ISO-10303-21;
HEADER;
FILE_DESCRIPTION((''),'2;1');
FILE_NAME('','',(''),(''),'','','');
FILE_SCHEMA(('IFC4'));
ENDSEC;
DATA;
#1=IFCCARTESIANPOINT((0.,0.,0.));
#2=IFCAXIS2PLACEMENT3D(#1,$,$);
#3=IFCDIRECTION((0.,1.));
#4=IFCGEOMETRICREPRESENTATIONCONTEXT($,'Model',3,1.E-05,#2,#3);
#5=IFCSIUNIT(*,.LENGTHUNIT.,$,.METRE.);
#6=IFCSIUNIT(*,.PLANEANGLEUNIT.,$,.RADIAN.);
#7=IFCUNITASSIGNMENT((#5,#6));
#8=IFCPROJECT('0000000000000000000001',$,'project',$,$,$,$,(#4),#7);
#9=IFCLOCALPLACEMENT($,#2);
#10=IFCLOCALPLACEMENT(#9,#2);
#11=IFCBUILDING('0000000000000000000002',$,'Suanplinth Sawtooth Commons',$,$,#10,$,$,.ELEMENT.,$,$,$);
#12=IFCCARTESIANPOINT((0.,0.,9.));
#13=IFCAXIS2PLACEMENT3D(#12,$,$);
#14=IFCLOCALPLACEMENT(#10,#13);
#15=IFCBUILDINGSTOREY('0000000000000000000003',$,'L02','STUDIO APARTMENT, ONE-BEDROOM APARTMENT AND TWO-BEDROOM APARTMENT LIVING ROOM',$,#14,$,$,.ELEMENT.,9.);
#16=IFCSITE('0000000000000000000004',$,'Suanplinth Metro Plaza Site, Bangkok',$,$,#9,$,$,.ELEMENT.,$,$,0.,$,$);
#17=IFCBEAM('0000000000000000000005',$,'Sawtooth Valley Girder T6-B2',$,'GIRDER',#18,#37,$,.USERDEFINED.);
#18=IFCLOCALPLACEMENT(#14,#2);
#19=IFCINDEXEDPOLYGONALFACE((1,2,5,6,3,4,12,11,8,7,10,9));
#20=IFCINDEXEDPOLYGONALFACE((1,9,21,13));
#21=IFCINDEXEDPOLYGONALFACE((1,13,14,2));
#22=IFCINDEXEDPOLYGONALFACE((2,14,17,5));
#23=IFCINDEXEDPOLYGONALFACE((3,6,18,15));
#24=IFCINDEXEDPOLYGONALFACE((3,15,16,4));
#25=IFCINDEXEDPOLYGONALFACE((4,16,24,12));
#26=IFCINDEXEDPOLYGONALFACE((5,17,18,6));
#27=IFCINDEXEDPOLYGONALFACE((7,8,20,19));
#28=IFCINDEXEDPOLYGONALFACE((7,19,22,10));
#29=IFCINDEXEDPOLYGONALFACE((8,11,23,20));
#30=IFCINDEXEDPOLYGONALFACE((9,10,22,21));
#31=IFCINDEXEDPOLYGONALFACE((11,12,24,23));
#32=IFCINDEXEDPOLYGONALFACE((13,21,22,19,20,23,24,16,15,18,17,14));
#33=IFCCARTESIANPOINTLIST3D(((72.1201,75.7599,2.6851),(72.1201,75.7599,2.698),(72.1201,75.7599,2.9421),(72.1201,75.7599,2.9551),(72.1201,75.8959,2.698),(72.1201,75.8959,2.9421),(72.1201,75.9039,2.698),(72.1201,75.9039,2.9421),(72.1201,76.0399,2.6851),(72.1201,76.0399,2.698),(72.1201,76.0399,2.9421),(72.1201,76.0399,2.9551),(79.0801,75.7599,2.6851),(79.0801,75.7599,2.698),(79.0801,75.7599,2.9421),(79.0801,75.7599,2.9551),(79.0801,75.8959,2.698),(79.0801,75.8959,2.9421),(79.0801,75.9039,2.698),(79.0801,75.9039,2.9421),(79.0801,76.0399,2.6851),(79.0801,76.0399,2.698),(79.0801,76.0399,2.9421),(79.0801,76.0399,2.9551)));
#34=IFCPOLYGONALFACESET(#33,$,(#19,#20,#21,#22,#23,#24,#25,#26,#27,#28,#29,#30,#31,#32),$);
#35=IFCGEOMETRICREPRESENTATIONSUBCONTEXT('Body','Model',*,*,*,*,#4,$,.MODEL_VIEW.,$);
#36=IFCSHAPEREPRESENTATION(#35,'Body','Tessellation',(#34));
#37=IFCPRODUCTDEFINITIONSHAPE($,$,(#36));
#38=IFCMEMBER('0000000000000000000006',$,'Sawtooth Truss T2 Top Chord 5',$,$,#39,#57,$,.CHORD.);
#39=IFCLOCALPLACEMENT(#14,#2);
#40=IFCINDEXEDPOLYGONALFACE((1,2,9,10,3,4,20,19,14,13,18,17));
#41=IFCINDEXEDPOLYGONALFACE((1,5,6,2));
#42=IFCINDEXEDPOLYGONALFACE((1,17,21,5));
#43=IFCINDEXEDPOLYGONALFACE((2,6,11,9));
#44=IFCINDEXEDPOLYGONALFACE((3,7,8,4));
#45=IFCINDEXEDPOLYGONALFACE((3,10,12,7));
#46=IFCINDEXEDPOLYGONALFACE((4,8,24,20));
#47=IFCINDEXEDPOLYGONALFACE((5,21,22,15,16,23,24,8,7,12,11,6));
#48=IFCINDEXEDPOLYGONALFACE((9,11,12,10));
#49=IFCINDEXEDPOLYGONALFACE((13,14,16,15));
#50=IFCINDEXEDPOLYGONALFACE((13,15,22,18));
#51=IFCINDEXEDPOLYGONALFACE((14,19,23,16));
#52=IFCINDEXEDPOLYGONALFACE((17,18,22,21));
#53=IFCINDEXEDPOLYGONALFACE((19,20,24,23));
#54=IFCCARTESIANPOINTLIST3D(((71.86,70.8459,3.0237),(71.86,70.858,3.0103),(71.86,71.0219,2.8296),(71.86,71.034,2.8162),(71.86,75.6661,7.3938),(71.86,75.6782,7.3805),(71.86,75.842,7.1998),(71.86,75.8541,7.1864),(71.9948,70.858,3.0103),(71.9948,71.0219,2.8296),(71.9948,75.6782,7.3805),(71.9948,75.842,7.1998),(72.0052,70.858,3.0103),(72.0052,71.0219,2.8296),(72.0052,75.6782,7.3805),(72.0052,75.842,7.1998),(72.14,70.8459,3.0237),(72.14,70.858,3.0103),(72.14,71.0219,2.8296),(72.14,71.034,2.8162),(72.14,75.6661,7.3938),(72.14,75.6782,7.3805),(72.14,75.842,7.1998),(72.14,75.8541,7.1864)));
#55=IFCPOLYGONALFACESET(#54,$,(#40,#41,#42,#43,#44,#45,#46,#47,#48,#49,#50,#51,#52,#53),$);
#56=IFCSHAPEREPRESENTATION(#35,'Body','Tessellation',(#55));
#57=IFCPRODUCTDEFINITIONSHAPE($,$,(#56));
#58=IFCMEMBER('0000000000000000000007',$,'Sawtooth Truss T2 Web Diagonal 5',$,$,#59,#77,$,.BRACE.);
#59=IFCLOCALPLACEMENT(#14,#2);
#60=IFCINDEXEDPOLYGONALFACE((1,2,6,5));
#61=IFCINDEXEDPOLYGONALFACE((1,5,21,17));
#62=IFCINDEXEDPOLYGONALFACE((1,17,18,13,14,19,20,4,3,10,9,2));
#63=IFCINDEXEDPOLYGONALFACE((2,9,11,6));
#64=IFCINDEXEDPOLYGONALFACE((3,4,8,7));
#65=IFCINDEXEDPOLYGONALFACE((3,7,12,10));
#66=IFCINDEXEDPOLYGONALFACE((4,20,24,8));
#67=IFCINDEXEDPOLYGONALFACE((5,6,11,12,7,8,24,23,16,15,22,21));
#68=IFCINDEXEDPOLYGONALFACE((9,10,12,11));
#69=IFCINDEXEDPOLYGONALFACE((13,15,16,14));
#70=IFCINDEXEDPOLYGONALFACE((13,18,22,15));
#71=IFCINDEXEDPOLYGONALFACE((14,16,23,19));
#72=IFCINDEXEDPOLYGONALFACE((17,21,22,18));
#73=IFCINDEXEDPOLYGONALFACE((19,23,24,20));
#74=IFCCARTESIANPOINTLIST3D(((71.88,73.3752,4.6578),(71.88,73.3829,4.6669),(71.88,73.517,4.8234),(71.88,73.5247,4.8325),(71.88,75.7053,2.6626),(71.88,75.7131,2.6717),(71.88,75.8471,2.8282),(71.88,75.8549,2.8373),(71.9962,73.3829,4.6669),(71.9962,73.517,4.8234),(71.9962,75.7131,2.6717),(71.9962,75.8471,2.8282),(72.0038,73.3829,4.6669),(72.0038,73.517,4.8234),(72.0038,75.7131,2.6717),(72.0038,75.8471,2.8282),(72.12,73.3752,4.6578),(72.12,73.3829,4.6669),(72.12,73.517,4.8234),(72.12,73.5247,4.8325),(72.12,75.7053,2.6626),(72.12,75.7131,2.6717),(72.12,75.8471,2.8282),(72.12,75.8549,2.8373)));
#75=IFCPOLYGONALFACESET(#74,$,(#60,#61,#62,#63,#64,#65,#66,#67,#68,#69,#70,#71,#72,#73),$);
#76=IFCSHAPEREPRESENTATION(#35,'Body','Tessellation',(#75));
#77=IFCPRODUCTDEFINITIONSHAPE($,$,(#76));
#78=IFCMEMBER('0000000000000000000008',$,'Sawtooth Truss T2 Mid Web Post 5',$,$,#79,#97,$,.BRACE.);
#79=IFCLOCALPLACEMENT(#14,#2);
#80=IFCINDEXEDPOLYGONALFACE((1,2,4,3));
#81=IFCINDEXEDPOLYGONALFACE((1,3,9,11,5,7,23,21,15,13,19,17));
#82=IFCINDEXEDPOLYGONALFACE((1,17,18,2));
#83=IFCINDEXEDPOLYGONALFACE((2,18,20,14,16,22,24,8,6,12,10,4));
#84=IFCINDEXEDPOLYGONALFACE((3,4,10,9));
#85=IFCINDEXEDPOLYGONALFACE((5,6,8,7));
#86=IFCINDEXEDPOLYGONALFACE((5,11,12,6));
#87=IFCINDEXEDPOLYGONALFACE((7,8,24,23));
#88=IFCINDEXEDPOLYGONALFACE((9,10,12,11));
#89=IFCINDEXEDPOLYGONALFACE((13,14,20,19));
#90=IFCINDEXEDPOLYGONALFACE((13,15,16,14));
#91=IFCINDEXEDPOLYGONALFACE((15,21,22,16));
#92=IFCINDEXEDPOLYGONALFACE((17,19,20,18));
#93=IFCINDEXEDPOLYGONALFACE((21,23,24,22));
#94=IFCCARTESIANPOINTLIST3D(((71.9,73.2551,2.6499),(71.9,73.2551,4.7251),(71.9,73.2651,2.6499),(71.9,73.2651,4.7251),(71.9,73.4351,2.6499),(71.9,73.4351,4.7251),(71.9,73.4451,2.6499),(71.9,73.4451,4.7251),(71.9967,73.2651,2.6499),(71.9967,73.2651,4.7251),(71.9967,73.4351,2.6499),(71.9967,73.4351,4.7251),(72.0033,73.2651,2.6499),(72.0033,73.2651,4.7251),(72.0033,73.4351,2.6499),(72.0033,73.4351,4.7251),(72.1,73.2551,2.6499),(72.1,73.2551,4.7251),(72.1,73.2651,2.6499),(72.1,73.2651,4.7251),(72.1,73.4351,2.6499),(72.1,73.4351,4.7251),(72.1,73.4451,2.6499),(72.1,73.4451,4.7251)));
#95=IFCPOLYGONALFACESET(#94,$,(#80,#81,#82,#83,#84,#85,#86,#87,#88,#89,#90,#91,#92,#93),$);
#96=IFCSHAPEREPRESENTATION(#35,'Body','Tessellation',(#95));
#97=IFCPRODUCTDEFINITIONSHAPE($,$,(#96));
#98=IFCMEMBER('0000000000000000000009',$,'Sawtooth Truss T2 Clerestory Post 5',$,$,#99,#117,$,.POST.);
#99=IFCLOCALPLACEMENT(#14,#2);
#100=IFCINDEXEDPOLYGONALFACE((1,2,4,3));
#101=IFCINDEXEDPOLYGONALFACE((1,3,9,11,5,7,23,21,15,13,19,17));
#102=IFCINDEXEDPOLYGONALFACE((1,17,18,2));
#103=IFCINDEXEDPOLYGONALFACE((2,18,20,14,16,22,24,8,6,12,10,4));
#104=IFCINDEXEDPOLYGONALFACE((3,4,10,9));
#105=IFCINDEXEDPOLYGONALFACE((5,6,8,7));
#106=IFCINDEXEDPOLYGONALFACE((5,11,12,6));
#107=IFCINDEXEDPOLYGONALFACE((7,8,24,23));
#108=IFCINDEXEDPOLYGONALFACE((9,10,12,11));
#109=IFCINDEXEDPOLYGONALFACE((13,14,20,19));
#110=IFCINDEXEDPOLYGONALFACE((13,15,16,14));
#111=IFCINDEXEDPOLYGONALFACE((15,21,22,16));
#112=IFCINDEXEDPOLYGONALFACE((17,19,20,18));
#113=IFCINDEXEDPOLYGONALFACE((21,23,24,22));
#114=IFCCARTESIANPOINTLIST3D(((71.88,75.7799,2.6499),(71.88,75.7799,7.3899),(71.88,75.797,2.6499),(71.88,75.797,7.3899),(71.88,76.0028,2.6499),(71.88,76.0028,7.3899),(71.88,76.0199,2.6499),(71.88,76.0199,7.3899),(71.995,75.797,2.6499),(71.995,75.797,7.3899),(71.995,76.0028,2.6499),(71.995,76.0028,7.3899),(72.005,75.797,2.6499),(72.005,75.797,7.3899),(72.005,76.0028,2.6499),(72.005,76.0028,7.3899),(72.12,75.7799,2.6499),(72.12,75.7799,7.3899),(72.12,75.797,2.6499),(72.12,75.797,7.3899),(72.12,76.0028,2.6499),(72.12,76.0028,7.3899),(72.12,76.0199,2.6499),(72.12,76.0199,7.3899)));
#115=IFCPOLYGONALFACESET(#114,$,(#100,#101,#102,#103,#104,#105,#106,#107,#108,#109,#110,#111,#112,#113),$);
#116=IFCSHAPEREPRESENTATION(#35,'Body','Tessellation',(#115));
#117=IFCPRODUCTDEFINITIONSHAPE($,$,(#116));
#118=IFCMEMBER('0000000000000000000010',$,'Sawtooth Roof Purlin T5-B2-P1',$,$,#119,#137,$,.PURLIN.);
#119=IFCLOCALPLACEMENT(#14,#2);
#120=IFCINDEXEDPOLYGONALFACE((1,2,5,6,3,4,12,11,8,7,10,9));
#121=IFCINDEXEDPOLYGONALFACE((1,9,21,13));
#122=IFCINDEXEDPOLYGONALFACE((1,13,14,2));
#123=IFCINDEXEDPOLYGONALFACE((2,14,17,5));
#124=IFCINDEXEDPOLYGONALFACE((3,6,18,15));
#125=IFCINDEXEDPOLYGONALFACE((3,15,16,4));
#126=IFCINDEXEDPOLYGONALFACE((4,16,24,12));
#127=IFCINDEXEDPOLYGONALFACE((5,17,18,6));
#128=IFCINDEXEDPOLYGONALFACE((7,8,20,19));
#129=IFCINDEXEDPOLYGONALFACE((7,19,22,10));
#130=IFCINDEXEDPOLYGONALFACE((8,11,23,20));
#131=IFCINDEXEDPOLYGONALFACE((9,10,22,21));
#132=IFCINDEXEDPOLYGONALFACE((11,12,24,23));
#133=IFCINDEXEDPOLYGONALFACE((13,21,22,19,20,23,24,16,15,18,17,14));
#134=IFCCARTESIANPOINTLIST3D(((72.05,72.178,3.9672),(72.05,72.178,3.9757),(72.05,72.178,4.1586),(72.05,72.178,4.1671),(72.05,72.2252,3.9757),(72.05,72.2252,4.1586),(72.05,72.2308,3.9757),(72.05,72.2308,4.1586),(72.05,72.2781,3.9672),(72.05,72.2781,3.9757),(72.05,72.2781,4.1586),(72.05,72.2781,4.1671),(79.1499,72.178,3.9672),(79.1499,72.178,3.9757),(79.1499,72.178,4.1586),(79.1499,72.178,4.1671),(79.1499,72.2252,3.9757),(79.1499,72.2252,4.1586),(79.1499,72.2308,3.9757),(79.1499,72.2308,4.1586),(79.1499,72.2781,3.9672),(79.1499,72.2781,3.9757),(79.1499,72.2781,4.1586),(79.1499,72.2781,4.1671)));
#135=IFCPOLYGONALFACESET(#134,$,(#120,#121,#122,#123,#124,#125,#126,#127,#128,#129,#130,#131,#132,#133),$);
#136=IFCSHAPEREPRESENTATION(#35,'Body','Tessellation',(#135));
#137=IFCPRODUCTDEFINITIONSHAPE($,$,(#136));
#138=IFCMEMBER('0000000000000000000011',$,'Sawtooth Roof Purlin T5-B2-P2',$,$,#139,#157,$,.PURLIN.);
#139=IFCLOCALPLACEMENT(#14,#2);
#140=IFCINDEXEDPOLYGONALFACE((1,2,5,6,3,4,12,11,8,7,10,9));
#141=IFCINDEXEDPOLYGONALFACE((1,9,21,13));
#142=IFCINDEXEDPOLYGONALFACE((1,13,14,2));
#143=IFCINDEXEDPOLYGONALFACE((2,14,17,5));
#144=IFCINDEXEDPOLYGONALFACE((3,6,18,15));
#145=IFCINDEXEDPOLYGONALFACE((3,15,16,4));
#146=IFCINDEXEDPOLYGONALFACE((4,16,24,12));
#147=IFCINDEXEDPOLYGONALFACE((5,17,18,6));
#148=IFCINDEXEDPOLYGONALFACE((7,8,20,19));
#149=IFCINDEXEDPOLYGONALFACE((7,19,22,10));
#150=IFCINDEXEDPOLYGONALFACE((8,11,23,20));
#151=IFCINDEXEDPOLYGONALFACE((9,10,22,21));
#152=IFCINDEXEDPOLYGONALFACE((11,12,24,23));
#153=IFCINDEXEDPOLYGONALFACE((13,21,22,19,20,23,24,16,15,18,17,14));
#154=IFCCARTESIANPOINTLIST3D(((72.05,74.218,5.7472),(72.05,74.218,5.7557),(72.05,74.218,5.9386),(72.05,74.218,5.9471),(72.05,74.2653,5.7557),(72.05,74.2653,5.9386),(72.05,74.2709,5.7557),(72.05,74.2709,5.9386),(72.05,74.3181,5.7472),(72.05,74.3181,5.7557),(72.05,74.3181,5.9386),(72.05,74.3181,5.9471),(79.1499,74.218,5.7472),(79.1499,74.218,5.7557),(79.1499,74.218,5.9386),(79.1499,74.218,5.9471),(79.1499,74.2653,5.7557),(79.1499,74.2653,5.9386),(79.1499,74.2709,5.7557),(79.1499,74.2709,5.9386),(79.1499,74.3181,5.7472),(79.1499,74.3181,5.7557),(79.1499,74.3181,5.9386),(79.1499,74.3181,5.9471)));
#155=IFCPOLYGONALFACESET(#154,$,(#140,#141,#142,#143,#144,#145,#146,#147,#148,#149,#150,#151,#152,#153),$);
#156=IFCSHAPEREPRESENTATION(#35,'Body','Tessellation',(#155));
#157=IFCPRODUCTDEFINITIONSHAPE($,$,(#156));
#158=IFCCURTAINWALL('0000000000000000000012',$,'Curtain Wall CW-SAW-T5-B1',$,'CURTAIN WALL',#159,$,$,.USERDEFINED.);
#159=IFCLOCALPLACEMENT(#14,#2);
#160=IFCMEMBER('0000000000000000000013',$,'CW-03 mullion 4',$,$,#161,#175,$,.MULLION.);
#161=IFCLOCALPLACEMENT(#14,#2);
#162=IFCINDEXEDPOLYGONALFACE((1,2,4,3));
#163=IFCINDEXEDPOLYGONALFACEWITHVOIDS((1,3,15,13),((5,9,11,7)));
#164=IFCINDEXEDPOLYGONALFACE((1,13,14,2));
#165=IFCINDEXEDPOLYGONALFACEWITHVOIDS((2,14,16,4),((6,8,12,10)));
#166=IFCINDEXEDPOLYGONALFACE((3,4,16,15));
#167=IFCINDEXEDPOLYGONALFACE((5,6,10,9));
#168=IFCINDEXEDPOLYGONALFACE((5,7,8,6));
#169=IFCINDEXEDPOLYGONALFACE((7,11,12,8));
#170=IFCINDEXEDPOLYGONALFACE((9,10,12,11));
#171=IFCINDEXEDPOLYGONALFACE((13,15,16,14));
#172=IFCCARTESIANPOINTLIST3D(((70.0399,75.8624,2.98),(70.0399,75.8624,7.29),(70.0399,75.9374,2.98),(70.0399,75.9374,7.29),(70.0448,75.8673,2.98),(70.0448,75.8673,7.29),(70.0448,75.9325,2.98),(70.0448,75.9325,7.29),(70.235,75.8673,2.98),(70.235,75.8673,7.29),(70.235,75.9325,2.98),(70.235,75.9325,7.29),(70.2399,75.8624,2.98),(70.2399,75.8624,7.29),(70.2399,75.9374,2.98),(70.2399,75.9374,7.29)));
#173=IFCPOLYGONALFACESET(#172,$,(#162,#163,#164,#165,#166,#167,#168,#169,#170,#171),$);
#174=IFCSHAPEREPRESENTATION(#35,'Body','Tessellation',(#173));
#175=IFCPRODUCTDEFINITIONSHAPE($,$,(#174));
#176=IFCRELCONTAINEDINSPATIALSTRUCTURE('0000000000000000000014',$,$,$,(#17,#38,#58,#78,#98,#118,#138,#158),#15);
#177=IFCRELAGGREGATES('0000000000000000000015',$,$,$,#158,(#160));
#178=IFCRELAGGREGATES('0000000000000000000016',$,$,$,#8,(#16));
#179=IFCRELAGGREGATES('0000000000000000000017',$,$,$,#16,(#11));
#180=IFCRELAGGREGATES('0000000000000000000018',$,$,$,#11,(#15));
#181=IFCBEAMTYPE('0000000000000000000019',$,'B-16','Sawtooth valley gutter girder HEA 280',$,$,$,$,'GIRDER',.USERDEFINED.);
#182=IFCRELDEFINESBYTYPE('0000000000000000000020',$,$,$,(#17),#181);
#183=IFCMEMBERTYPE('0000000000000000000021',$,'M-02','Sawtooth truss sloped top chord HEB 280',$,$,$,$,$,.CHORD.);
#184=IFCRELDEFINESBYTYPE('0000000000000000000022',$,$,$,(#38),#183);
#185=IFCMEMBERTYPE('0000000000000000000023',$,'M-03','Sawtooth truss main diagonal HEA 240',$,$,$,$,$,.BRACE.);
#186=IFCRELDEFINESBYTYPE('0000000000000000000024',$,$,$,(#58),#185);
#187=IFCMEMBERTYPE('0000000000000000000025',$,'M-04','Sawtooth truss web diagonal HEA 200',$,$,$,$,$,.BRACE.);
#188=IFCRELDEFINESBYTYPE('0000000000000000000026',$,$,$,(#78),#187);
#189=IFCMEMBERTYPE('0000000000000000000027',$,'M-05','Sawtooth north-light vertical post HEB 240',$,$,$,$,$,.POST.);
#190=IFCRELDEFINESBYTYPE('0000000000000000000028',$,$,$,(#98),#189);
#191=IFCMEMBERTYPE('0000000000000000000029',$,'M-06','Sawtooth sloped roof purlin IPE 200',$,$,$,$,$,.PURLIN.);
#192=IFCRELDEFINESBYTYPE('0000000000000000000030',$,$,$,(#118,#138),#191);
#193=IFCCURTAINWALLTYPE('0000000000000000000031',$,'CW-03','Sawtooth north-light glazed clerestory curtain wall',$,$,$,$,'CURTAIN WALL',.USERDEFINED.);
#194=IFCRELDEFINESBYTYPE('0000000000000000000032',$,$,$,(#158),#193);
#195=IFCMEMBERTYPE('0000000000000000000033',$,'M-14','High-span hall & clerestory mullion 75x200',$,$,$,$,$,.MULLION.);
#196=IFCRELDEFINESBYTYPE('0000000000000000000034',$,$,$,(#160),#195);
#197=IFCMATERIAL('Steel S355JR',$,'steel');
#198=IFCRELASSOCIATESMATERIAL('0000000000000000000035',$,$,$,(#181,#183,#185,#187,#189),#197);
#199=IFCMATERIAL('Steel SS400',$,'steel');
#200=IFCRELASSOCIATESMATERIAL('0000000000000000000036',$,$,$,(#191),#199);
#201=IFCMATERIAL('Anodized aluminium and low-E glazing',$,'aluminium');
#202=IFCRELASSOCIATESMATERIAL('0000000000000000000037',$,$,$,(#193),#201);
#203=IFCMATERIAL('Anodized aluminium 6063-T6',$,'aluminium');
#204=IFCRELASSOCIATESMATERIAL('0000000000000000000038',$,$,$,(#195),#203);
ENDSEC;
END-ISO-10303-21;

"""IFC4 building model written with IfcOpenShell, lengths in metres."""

from ifc_helpers import new_model, si_unit, direction, frame, origin, origin_2d, place, context, subcontext, project, spatial, hollow_rectangle, i_section, extrude, material, material_profile, profile_set, type_object, element, aggregate, save


model = new_model("IFC4")

# Units and contexts
model_context = context("Model", 3, precision=1e-05, world=origin(), true_north=direction((0.0, 1.0)))
body_context = subcontext(model_context, "Body", "Model", "MODEL_VIEW")
ifc_project = project(units=[si_unit("LENGTHUNIT", "METRE"), si_unit("PLANEANGLEUNIT", "RADIAN")], contexts=[model_context])

# Site, building, storey
site_placement = place(None, origin())
site = spatial("IfcSite", under=ifc_project, at=site_placement, Name="Suanplinth Metro Plaza Site, Bangkok", CompositionType="ELEMENT", RefElevation=0.0)
building_placement = place(site_placement, origin())
building = spatial("IfcBuilding", under=site, at=building_placement, Name="Suanplinth Sawtooth Commons", CompositionType="ELEMENT")
storey_placement = place(building_placement, frame((0.0, 0.0, 9.0)))
storey = spatial("IfcBuildingStorey", under=building, at=storey_placement, Name="L02", Description="STUDIO APARTMENT, ONE-BEDROOM APARTMENT AND TWO-BEDROOM APARTMENT LIVING ROOM", CompositionType="ELEMENT", Elevation=9.0)

# Beam
ifc_material_1 = material(Name="Steel S355JR", Category="steel")
ifc_material_profile_1 = material_profile(ifc_material_1, i_section(OverallWidth=0.28, OverallDepth=0.27, WebThickness=0.0081, FlangeThickness=0.0129, at=origin_2d()), Name="HEA 280")
ifc_profile_set_1 = profile_set([ifc_material_profile_1], Name="Steel S355JR")
beam_type = type_object("IfcBeamType", Name="B-16", Description="Sawtooth valley gutter girder HEA 280", ElementType="GIRDER", PredefinedType="USERDEFINED", material=ifc_profile_set_1)
beam_placement = place(storey_placement, frame((72.1201, 75.8999, 2.8201), z_axis=(1.0, 0.0, 0.0), x_axis=(0.0, 1.0, 0.0)))
element("IfcBeam", 1, at=beam_placement, inside=storey, type_object=beam_type, Name="Sawtooth Valley Girder T6-B2", ObjectType="GIRDER", PredefinedType="USERDEFINED", context=body_context, shape_type="SweptSolid", body=[
    extrude(i_section(OverallWidth=0.28, OverallDepth=0.27, WebThickness=0.0081, FlangeThickness=0.0129, at=origin_2d()), origin(), (0.0, 0.0, 1.0), 6.96),
])

# Members
ifc_material_profile_2 = material_profile(ifc_material_1, i_section(OverallWidth=0.28, OverallDepth=0.28, WebThickness=0.0105, FlangeThickness=0.0181, at=origin_2d()), Name="HEB 280")
ifc_profile_set_2 = profile_set([ifc_material_profile_2], Name="Steel S355JR")
member_type_1 = type_object("IfcMemberType", Name="M-02", Description="Sawtooth truss sloped top chord HEB 280", PredefinedType="CHORD", material=ifc_profile_set_2)
member_1_placement = place(storey_placement, frame((72.0, 70.9399, 2.9199), z_axis=(0.0, 0.740839, 0.671682), x_axis=(-1.0, 0.0, 0.0)))
element("IfcMember", 2, at=member_1_placement, inside=storey, type_object=member_type_1, Name="Sawtooth Truss T2 Top Chord 5", PredefinedType="CHORD", context=body_context, shape_type="SweptSolid", body=[
    extrude(i_section(OverallWidth=0.28, OverallDepth=0.28, WebThickness=0.0105, FlangeThickness=0.0181, at=origin_2d()), origin(), (0.0, 0.0, 1.0), 6.5063),
])
ifc_material_profile_3 = material_profile(ifc_material_1, i_section(OverallWidth=0.24, OverallDepth=0.23, WebThickness=0.0076, FlangeThickness=0.012, at=origin_2d()), Name="HEA 240")
ifc_profile_set_3 = profile_set([ifc_material_profile_3], Name="Steel S355JR")
member_type_2 = type_object("IfcMemberType", Name="M-03", Description="Sawtooth truss main diagonal HEA 240", PredefinedType="BRACE", material=ifc_profile_set_3)
member_2_placement = place(storey_placement, frame((72.0, 73.45, 4.7451), z_axis=(0.0, 0.759594, -0.650398), x_axis=(-1.0, 0.0, 0.0)))
element("IfcMember", 3, at=member_2_placement, inside=storey, type_object=member_type_2, Name="Sawtooth Truss T2 Web Diagonal 5", PredefinedType="BRACE", context=body_context, shape_type="SweptSolid", body=[
    extrude(i_section(OverallWidth=0.24, OverallDepth=0.23, WebThickness=0.0076, FlangeThickness=0.012, at=origin_2d()), origin(), (0.0, 0.0, 1.0), 3.0676),
])
ifc_material_profile_4 = material_profile(ifc_material_1, i_section(OverallWidth=0.2, OverallDepth=0.1899, WebThickness=0.0066, FlangeThickness=0.01, at=origin_2d()), Name="HEA 200")
ifc_profile_set_4 = profile_set([ifc_material_profile_4], Name="Steel S355JR")
member_type_3 = type_object("IfcMemberType", Name="M-04", Description="Sawtooth truss web diagonal HEA 200", PredefinedType="BRACE", material=ifc_profile_set_4)
member_3_placement = place(storey_placement, frame((72.0, 73.3501, 2.6499), z_axis=(0.0, 0.0, 1.0), x_axis=(1.0, 0.0, 0.0)))
element("IfcMember", 4, at=member_3_placement, inside=storey, type_object=member_type_3, Name="Sawtooth Truss T2 Mid Web Post 5", PredefinedType="BRACE", context=body_context, shape_type="SweptSolid", body=[
    extrude(i_section(OverallWidth=0.2, OverallDepth=0.1899, WebThickness=0.0066, FlangeThickness=0.01, at=origin_2d()), origin(), (0.0, 0.0, 1.0), 2.0752),
])
ifc_material_profile_5 = material_profile(ifc_material_1, i_section(OverallWidth=0.24, OverallDepth=0.24, WebThickness=0.01, FlangeThickness=0.0171, at=origin_2d()), Name="HEB 240")
ifc_profile_set_5 = profile_set([ifc_material_profile_5], Name="Steel S355JR")
member_type_4 = type_object("IfcMemberType", Name="M-05", Description="Sawtooth north-light vertical post HEB 240", PredefinedType="POST", material=ifc_profile_set_5)
member_4_placement = place(storey_placement, frame((72.0, 75.8999, 2.6499), z_axis=(0.0, 0.0, 1.0), x_axis=(1.0, 0.0, 0.0)))
element("IfcMember", 5, at=member_4_placement, inside=storey, type_object=member_type_4, Name="Sawtooth Truss T2 Clerestory Post 5", PredefinedType="POST", context=body_context, shape_type="SweptSolid", body=[
    extrude(i_section(OverallWidth=0.24, OverallDepth=0.24, WebThickness=0.01, FlangeThickness=0.0171, at=origin_2d()), origin(), (0.0, 0.0, 1.0), 4.74),
])
ifc_material_2 = material(Name="Steel SS400", Category="steel")
ifc_material_profile_6 = material_profile(ifc_material_2, i_section(OverallWidth=0.1001, OverallDepth=0.2, WebThickness=0.0056, FlangeThickness=0.0085, at=origin_2d()), Name="IPE 200")
ifc_profile_set_6 = profile_set([ifc_material_profile_6], Name="Steel SS400")
member_type_5 = type_object("IfcMemberType", Name="M-06", Description="Sawtooth sloped roof purlin IPE 200", PredefinedType="PURLIN", material=ifc_profile_set_6)
for number, where, z_axis, x_axis, name in (
    (6, (72.05, 72.228, 4.0671), (1.0, 0.0, 0.0), (0.0, 1.0, 0.0), "Sawtooth Roof Purlin T5-B2-P1"),
    (7, (72.05, 74.2681, 5.8472), (1.0, 0.0, 0.0), (0.0, 1.0, 0.0), "Sawtooth Roof Purlin T5-B2-P2"),
):
    element("IfcMember", number, at=place(storey_placement, frame(where, z_axis=z_axis, x_axis=x_axis)), inside=storey, type_object=member_type_5, Name=name, PredefinedType="PURLIN", context=body_context, shape_type="SweptSolid", body=[
        extrude(i_section(OverallWidth=0.1001, OverallDepth=0.2, WebThickness=0.0056, FlangeThickness=0.0085, at=origin_2d()), origin(), (0.0, 0.0, 1.0), 7.0999),
    ])

# Curtain wall, member
ifc_material_3 = material(Name="Anodized aluminium and low-E glazing", Category="aluminium")
curtain_wall_type = type_object("IfcCurtainWallType", Name="CW-03", Description="Sawtooth north-light glazed clerestory curtain wall", ElementType="CURTAIN WALL", PredefinedType="USERDEFINED", material=ifc_material_3)
curtain_wall_1_placement = place(storey_placement, origin())
curtain_wall_1 = element("IfcCurtainWall", 8, at=curtain_wall_1_placement, inside=storey, type_object=curtain_wall_type, Name="Curtain Wall CW-SAW-T5-B1", ObjectType="CURTAIN WALL", PredefinedType="USERDEFINED")
ifc_material_4 = material(Name="Anodized aluminium 6063-T6", Category="aluminium")
ifc_material_profile_7 = material_profile(ifc_material_4, hollow_rectangle(XDim=0.075, YDim=0.2, WallThickness=0.0049, at=origin_2d()), Name="ALU-MUL 75x200")
ifc_profile_set_7 = profile_set([ifc_material_profile_7], Name="Anodized aluminium 6063-T6")
member_type_6 = type_object("IfcMemberType", Name="M-14", Description="High-span hall & clerestory mullion 75x200", PredefinedType="MULLION", material=ifc_profile_set_7)
member_5_placement = place(storey_placement, frame((70.1399, 75.8999, 2.98), z_axis=(0.0, 0.0, 1.0), x_axis=(0.0, 1.0, 0.0)))
member_5 = element("IfcMember", 9, at=member_5_placement, type_object=member_type_6, Name="CW-03 mullion 4", PredefinedType="MULLION", context=body_context, shape_type="SweptSolid", body=[
    extrude(hollow_rectangle(XDim=0.075, YDim=0.2, WallThickness=0.0049, at=origin_2d()), origin(), (0.0, 0.0, 1.0), 4.3101),
])

aggregate(curtain_wall_1, [member_5])

save(model, "model.ifc")
